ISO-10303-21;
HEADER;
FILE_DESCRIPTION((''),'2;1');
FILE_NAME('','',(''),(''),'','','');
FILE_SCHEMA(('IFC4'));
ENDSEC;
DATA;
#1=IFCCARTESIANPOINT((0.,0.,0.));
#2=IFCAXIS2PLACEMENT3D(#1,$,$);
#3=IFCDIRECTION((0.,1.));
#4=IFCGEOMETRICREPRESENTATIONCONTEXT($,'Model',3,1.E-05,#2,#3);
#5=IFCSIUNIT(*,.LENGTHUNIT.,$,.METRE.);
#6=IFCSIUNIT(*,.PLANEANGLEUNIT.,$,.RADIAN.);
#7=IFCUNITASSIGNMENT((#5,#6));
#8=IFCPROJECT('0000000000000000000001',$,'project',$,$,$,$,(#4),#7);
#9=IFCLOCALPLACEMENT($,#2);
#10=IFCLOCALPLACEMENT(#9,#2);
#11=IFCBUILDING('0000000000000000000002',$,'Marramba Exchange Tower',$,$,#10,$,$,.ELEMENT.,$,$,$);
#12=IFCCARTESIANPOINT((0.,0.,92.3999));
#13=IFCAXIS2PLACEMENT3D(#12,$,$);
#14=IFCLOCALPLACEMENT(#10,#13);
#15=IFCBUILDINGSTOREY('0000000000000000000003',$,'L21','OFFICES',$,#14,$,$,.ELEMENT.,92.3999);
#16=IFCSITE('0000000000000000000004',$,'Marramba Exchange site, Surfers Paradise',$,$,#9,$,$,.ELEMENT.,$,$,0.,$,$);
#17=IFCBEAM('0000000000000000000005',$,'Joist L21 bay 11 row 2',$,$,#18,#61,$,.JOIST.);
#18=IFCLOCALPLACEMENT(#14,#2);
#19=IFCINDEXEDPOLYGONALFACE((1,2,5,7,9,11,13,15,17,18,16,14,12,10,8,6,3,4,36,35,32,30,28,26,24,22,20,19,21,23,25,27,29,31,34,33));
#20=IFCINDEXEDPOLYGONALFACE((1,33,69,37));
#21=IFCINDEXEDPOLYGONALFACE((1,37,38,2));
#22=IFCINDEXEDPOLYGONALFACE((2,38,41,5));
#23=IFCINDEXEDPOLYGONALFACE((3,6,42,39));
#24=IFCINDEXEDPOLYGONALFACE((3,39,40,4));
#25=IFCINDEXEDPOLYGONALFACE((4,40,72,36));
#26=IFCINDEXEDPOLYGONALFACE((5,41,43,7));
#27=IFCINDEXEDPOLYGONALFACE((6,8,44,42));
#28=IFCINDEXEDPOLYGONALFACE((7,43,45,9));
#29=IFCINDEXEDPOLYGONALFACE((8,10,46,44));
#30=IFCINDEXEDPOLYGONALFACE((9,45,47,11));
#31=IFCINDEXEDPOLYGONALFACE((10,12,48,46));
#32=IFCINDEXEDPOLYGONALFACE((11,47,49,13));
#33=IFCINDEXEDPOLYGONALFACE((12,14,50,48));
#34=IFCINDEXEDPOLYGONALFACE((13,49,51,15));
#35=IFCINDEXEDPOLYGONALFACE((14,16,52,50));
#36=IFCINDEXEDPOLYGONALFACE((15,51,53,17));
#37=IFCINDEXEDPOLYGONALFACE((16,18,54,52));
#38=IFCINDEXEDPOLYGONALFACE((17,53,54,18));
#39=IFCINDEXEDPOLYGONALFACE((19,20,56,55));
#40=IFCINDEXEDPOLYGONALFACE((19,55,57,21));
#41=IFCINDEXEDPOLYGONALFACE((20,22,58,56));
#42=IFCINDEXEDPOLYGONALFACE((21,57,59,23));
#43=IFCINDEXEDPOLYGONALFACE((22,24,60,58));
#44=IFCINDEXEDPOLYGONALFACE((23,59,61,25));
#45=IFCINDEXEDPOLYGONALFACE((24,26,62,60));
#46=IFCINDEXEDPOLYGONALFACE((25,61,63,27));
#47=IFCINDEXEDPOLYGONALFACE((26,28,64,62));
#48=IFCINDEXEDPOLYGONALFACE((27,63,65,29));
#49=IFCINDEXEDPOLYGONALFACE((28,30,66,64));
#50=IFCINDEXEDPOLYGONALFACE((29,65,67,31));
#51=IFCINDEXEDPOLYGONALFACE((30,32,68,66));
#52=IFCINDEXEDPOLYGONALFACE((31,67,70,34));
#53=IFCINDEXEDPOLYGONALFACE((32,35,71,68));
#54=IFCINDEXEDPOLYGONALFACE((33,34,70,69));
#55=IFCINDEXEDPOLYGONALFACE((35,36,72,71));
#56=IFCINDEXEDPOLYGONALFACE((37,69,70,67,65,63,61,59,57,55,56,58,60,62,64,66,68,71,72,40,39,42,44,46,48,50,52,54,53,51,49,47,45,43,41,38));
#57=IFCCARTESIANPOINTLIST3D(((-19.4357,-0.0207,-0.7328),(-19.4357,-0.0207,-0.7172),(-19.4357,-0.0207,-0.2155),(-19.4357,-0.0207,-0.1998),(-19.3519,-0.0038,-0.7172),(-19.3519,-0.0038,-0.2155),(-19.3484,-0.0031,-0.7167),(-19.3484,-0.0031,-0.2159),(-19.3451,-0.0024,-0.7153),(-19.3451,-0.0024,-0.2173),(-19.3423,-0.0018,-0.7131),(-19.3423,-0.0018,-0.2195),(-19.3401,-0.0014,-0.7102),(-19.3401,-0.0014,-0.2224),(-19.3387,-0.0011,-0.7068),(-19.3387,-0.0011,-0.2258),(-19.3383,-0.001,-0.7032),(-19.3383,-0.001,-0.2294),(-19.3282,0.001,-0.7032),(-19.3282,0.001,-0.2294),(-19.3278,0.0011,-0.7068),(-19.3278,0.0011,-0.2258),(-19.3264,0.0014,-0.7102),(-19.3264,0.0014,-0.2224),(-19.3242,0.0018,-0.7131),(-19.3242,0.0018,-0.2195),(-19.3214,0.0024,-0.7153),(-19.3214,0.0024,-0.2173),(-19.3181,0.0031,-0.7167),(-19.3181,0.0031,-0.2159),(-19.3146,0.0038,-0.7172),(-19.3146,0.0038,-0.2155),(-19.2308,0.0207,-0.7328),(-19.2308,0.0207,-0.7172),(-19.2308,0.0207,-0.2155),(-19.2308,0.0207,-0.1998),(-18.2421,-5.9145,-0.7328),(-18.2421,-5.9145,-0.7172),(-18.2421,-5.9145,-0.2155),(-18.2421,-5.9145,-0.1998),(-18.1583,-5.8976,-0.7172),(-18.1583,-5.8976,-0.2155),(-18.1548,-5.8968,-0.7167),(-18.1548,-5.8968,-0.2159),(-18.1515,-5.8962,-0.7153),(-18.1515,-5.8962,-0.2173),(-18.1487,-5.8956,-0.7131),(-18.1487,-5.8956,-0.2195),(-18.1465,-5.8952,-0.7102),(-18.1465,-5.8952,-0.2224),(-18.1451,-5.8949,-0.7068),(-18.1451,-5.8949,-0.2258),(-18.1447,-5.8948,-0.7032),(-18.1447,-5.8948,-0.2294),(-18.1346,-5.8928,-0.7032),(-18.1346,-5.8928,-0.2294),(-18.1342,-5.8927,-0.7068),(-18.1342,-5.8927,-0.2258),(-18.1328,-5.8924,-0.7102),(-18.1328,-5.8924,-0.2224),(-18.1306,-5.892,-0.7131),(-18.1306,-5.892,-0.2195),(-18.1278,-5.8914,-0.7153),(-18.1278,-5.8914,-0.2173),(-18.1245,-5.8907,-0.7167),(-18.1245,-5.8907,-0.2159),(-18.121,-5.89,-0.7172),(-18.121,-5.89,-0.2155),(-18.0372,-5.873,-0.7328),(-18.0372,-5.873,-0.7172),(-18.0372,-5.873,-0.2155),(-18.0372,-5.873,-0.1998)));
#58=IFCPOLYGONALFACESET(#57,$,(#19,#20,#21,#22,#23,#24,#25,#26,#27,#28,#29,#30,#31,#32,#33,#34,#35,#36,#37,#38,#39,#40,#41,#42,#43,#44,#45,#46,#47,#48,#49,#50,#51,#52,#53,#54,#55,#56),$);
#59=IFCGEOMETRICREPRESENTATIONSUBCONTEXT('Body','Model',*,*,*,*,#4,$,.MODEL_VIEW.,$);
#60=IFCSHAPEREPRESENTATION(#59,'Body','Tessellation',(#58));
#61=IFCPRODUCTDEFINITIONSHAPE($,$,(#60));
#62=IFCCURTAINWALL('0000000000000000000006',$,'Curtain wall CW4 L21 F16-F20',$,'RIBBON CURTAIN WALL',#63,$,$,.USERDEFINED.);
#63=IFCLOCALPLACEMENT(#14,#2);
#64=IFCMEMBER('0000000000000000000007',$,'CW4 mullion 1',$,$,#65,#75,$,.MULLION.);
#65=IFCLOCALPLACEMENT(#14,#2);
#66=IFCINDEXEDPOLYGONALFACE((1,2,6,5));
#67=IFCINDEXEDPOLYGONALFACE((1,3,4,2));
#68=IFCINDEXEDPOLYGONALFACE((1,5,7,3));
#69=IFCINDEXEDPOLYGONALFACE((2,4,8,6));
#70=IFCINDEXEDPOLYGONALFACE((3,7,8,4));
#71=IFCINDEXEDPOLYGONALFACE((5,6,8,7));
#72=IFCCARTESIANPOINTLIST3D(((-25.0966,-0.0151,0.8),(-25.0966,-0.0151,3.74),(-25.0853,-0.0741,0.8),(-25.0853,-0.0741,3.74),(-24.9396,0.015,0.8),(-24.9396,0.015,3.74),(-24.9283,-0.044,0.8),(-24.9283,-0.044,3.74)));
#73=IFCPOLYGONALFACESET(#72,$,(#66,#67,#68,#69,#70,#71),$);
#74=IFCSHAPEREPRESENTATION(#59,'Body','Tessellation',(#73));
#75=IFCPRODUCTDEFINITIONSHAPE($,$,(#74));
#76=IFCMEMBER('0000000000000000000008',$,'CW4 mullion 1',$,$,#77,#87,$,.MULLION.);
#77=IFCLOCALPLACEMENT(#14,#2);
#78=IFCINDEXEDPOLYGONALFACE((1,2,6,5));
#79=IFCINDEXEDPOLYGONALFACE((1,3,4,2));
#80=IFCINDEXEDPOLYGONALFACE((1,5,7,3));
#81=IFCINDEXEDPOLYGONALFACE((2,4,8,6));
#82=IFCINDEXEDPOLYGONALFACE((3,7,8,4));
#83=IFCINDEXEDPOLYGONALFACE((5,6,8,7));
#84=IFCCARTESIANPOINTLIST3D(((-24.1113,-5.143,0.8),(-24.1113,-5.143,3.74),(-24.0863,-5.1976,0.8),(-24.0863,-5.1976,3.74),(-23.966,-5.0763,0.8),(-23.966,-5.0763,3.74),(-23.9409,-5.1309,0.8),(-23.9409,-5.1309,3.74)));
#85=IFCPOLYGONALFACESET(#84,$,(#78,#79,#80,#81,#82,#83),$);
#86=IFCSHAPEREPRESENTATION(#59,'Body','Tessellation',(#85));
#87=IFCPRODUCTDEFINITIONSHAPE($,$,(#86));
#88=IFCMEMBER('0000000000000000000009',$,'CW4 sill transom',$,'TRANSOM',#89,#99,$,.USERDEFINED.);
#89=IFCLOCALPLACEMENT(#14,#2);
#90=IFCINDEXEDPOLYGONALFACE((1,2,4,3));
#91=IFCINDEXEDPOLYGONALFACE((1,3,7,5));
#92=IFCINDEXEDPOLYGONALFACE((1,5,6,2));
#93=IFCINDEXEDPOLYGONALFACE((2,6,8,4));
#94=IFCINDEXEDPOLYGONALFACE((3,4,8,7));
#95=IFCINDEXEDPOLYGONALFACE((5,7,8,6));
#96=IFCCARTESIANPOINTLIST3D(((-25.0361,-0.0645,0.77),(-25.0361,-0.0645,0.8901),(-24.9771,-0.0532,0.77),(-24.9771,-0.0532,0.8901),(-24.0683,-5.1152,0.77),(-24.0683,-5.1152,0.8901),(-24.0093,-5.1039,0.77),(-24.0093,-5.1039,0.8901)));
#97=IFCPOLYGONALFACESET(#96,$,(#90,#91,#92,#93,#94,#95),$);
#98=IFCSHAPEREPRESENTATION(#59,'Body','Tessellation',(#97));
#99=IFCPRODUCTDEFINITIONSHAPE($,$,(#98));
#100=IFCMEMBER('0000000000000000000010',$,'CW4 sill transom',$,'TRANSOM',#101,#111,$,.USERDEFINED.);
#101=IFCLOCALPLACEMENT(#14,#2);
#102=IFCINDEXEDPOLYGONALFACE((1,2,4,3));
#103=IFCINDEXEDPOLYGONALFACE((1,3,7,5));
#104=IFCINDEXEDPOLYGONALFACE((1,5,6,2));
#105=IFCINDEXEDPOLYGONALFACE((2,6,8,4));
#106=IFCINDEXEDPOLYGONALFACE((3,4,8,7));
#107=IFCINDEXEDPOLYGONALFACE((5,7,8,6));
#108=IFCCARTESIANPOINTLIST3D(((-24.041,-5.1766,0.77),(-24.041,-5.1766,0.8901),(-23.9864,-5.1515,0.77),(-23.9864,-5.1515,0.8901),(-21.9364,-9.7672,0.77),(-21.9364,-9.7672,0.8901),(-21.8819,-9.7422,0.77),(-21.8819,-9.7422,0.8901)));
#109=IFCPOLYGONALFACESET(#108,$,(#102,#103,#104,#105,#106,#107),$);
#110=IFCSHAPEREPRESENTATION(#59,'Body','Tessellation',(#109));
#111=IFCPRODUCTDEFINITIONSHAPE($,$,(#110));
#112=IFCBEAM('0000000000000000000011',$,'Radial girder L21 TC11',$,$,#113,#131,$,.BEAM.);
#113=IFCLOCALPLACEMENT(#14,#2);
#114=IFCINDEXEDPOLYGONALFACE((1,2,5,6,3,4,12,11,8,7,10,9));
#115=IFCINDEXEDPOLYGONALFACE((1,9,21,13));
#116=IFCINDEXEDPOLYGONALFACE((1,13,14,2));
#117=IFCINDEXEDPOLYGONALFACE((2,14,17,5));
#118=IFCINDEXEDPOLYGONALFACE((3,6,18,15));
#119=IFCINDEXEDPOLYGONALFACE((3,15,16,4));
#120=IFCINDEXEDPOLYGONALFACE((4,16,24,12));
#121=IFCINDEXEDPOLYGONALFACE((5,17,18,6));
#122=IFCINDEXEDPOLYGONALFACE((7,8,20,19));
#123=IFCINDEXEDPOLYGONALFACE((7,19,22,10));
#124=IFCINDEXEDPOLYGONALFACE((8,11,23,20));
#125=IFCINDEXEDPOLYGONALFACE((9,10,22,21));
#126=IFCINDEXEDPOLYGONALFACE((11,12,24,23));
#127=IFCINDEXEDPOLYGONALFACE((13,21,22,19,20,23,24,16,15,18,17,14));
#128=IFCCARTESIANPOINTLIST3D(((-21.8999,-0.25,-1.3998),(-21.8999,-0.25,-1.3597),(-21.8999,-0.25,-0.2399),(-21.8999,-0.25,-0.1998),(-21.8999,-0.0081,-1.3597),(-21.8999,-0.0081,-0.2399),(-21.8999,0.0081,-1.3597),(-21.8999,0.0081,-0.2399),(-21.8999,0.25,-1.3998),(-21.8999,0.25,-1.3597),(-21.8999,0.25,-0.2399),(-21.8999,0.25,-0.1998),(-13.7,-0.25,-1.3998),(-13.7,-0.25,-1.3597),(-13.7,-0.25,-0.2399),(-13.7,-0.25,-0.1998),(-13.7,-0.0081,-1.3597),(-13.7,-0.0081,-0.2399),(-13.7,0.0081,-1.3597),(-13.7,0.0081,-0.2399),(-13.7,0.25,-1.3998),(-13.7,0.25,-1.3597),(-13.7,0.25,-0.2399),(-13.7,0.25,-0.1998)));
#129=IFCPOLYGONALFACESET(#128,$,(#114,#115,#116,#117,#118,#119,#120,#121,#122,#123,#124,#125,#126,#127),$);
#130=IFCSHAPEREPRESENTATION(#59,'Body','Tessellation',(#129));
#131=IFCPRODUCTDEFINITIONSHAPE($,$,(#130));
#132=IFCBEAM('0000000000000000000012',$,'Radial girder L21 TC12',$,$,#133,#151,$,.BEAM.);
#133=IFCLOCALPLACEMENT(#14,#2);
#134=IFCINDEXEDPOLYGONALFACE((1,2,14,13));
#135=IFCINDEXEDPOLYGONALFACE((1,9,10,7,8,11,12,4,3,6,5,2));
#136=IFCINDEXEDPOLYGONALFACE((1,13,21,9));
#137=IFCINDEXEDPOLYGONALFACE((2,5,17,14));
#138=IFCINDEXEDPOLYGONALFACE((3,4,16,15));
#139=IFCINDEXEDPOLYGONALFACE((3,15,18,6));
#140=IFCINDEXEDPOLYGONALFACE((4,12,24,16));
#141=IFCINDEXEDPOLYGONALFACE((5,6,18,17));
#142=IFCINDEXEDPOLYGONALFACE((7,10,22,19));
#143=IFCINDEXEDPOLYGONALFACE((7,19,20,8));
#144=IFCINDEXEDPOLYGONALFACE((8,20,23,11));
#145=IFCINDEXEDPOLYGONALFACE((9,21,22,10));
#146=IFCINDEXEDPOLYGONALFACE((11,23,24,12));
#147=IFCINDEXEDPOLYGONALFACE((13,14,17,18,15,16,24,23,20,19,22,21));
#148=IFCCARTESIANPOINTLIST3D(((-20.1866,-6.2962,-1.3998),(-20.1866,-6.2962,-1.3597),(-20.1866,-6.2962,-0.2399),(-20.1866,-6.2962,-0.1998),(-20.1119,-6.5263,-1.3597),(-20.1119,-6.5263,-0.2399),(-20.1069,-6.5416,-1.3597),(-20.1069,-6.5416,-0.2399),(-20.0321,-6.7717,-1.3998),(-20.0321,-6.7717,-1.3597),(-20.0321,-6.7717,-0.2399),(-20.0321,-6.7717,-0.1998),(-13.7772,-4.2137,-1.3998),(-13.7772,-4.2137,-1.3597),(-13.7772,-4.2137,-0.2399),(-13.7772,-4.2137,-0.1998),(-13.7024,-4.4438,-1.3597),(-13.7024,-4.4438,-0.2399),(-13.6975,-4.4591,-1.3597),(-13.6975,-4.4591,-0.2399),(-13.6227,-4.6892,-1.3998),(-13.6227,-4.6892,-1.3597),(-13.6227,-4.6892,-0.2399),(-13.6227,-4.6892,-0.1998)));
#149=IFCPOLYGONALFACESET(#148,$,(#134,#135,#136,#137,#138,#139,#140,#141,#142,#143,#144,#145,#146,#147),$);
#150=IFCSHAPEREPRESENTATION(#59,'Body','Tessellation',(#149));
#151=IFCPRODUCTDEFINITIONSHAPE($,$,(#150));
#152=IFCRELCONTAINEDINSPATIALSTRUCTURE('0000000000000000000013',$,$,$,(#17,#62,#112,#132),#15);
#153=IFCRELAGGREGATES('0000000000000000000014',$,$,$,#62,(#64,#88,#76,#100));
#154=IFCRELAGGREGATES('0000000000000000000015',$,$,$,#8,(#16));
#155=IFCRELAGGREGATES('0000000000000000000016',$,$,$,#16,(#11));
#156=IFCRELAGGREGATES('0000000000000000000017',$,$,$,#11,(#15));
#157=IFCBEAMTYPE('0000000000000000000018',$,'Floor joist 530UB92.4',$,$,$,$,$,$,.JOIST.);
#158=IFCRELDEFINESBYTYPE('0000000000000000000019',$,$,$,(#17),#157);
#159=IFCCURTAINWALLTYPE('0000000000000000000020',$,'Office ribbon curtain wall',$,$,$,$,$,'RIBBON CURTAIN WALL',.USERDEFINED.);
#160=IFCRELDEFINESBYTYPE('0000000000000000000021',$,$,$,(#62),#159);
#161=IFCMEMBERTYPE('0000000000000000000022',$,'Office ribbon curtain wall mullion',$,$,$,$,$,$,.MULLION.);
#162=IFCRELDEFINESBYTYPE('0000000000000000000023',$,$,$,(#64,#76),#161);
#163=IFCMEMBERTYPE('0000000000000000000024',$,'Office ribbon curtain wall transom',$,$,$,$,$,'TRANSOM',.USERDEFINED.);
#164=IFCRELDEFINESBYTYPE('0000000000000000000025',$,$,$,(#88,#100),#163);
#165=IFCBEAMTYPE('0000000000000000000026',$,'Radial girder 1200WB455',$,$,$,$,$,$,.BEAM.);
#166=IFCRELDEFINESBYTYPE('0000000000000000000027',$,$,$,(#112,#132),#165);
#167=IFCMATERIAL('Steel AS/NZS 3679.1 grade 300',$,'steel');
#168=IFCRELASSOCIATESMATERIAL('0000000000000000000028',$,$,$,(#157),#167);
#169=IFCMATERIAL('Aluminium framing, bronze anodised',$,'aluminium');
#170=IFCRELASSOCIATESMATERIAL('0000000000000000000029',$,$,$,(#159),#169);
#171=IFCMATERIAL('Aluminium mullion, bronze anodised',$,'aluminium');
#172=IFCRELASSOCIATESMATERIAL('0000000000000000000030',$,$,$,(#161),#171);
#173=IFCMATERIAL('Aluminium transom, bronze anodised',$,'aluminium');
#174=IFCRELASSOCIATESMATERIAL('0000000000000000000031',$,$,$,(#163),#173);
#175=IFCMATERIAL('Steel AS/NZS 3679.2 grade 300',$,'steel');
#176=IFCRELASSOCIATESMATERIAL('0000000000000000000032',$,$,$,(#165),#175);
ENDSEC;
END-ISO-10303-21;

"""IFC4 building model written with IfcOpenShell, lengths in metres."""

from ifc_helpers import new_model, si_unit, direction, frame, origin, origin_2d, place, context, subcontext, project, spatial, rectangle, i_section, extrude, material, material_profile, profile_set, type_object, element, aggregate, save


model = new_model("IFC4")

# Units and contexts
model_context = context("Model", 3, precision=1e-05, world=origin(), true_north=direction((0.0, 1.0)))
body_context = subcontext(model_context, "Body", "Model", "MODEL_VIEW")
ifc_project = project(units=[si_unit("LENGTHUNIT", "METRE"), si_unit("PLANEANGLEUNIT", "RADIAN")], contexts=[model_context])

# Site, building, storey
site_placement = place(None, origin())
site = spatial("IfcSite", under=ifc_project, at=site_placement, Name="Marramba Exchange site, Surfers Paradise", CompositionType="ELEMENT", RefElevation=0.0)
building_placement = place(site_placement, origin())
building = spatial("IfcBuilding", under=site, at=building_placement, Name="Marramba Exchange Tower", CompositionType="ELEMENT")
storey_placement = place(building_placement, frame((0.0, 0.0, 92.3999)))
storey = spatial("IfcBuildingStorey", under=building, at=storey_placement, Name="L21", Description="OFFICES", CompositionType="ELEMENT", Elevation=92.3999)

# Shared definitions
ifc_material_1 = material(Name="Steel AS/NZS 3679.2 grade 300", Category="steel")

# Beam
ifc_material_2 = material(Name="Steel AS/NZS 3679.1 grade 300", Category="steel")
ifc_material_profile_1 = material_profile(ifc_material_2, i_section(OverallWidth=0.209, OverallDepth=0.533, WebThickness=0.0103, FlangeThickness=0.0156, FilletRadius=0.0139, at=origin_2d()), Name="530UB92.4")
ifc_profile_set_1 = profile_set([ifc_material_profile_1], Name="Steel AS/NZS 3679.1 grade 300")
beam_type_1 = type_object("IfcBeamType", Name="Floor joist 530UB92.4", PredefinedType="JOIST", material=ifc_profile_set_1)
beam_1_placement = place(storey_placement, frame((-19.3333, 0.0, -0.4663), z_axis=(0.198489, -0.980103, 0.0), x_axis=(0.980103, 0.198489, 0.0)))
element("IfcBeam", 1, at=beam_1_placement, inside=storey, type_object=beam_type_1, Name="Joist L21 bay 11 row 2", PredefinedType="JOIST", context=body_context, shape_type="SweptSolid", body=[
    extrude(i_section(OverallWidth=0.209, OverallDepth=0.533, WebThickness=0.0103, FlangeThickness=0.0156, FilletRadius=0.0139, at=origin_2d()), origin(), (0.0, 0.0, 1.0), 6.0134),
])

# Curtain wall, members
ifc_material_3 = material(Name="Aluminium framing, bronze anodised", Category="aluminium")
curtain_wall_type = type_object("IfcCurtainWallType", Name="Office ribbon curtain wall", ElementType="RIBBON CURTAIN WALL", PredefinedType="USERDEFINED", material=ifc_material_3)
curtain_wall_placement = place(storey_placement, origin())
curtain_wall = element("IfcCurtainWall", 2, at=curtain_wall_placement, inside=storey, type_object=curtain_wall_type, Name="Curtain wall CW4 L21 F16-F20", ObjectType="RIBBON CURTAIN WALL", PredefinedType="USERDEFINED")
ifc_material_4 = material(Name="Aluminium mullion, bronze anodised", Category="aluminium")
ifc_material_profile_2 = material_profile(ifc_material_4, rectangle(XDim=0.1599, YDim=0.0601, at=origin_2d()), Name="CW4 mullion 60x160")
ifc_profile_set_2 = profile_set([ifc_material_profile_2], Name="Aluminium mullion, bronze anodised")
member_type_1 = type_object("IfcMemberType", Name="Office ribbon curtain wall mullion", PredefinedType="MULLION", material=ifc_profile_set_2)
member_1_placement = place(storey_placement, frame((-25.0125, -0.0295, 0.8), z_axis=(0.0, 0.0, 1.0), x_axis=(0.982126, 0.188227, 0.0)))
member_1 = element("IfcMember", 3, at=member_1_placement, type_object=member_type_1, Name="CW4 mullion 1", PredefinedType="MULLION", context=body_context, shape_type="SweptSolid", body=[
    extrude(rectangle(XDim=0.1599, YDim=0.0601, at=origin_2d()), origin(), (0.0, 0.0, 1.0), 2.9399),
])
member_2_placement = place(storey_placement, frame((-24.0261, -5.137, 0.8), z_axis=(0.0, 0.0, 1.0), x_axis=(0.909027, 0.416738, 0.0)))
member_2 = element("IfcMember", 4, at=member_2_placement, type_object=member_type_1, Name="CW4 mullion 1", PredefinedType="MULLION", context=body_context, shape_type="SweptSolid", body=[
    extrude(rectangle(XDim=0.1599, YDim=0.0601, at=origin_2d()), origin(), (0.0, 0.0, 1.0), 2.9399),
])
ifc_material_5 = material(Name="Aluminium transom, bronze anodised", Category="aluminium")
ifc_material_profile_3 = material_profile(ifc_material_5, rectangle(XDim=0.0601, YDim=0.1201, at=origin_2d()), Name="CW4 transom 60x120")
ifc_profile_set_3 = profile_set([ifc_material_profile_3], Name="Aluminium transom, bronze anodised")
member_type_2 = type_object("IfcMemberType", Name="Office ribbon curtain wall transom", ElementType="TRANSOM", PredefinedType="USERDEFINED", material=ifc_profile_set_3)
member_3_placement = place(storey_placement, frame((-25.0066, -0.0588, 0.8301), z_axis=(0.188185, -0.982134, 0.0), x_axis=(0.982134, 0.188185, 0.0)))
member_3 = element("IfcMember", 5, at=member_3_placement, type_object=member_type_2, Name="CW4 sill transom", ObjectType="TRANSOM", PredefinedType="USERDEFINED", context=body_context, shape_type="SweptSolid", body=[
    extrude(rectangle(XDim=0.0601, YDim=0.1201, at=origin_2d()), origin(), (0.0, 0.0, 1.0), 5.1426),
])
member_4_placement = place(storey_placement, frame((-24.0137, -5.1641, 0.8301), z_axis=(0.416733, -0.909029, 0.0), x_axis=(0.909029, 0.416733, 0.0)))
member_4 = element("IfcMember", 6, at=member_4_placement, type_object=member_type_2, Name="CW4 sill transom", ObjectType="TRANSOM", PredefinedType="USERDEFINED", context=body_context, shape_type="SweptSolid", body=[
    extrude(rectangle(XDim=0.0601, YDim=0.1201, at=origin_2d()), origin(), (0.0, 0.0, 1.0), 5.05),
])

# Beams
ifc_material_profile_4 = material_profile(ifc_material_1, i_section(OverallWidth=0.5, OverallDepth=1.2, WebThickness=0.0161, FlangeThickness=0.04, at=origin_2d()), Name="1200WB455")
ifc_profile_set_4 = profile_set([ifc_material_profile_4], Name="Steel AS/NZS 3679.2 grade 300")
beam_type_2 = type_object("IfcBeamType", Name="Radial girder 1200WB455", PredefinedType="BEAM", material=ifc_profile_set_4)
beam_2_placement = place(storey_placement, frame((-13.7, 0.0, -0.7998), z_axis=(-1.0, 0.0, 0.0), x_axis=(0.0, -1.0, 0.0)))
element("IfcBeam", 7, at=beam_2_placement, inside=storey, type_object=beam_type_2, Name="Radial girder L21 TC11", PredefinedType="BEAM", context=body_context, shape_type="SweptSolid", body=[
    extrude(i_section(OverallWidth=0.5, OverallDepth=1.2, WebThickness=0.0161, FlangeThickness=0.04, at=origin_2d()), origin(), (0.0, 0.0, 1.0), 8.2),
])
beam_3_placement = place(storey_placement, frame((-13.7, -4.4514, -0.7998), z_axis=(-0.951058, -0.309013, 0.0), x_axis=(0.309013, -0.951058, 0.0)))
element("IfcBeam", 8, at=beam_3_placement, inside=storey, type_object=beam_type_2, Name="Radial girder L21 TC12", PredefinedType="BEAM", context=body_context, shape_type="SweptSolid", body=[
    extrude(i_section(OverallWidth=0.5, OverallDepth=1.2, WebThickness=0.0161, FlangeThickness=0.04, at=origin_2d()), origin(), (0.0, 0.0, 1.0), 6.7393),
])

aggregate(curtain_wall, [member_1, member_3, member_2, member_4])

save(model, "model.ifc")
